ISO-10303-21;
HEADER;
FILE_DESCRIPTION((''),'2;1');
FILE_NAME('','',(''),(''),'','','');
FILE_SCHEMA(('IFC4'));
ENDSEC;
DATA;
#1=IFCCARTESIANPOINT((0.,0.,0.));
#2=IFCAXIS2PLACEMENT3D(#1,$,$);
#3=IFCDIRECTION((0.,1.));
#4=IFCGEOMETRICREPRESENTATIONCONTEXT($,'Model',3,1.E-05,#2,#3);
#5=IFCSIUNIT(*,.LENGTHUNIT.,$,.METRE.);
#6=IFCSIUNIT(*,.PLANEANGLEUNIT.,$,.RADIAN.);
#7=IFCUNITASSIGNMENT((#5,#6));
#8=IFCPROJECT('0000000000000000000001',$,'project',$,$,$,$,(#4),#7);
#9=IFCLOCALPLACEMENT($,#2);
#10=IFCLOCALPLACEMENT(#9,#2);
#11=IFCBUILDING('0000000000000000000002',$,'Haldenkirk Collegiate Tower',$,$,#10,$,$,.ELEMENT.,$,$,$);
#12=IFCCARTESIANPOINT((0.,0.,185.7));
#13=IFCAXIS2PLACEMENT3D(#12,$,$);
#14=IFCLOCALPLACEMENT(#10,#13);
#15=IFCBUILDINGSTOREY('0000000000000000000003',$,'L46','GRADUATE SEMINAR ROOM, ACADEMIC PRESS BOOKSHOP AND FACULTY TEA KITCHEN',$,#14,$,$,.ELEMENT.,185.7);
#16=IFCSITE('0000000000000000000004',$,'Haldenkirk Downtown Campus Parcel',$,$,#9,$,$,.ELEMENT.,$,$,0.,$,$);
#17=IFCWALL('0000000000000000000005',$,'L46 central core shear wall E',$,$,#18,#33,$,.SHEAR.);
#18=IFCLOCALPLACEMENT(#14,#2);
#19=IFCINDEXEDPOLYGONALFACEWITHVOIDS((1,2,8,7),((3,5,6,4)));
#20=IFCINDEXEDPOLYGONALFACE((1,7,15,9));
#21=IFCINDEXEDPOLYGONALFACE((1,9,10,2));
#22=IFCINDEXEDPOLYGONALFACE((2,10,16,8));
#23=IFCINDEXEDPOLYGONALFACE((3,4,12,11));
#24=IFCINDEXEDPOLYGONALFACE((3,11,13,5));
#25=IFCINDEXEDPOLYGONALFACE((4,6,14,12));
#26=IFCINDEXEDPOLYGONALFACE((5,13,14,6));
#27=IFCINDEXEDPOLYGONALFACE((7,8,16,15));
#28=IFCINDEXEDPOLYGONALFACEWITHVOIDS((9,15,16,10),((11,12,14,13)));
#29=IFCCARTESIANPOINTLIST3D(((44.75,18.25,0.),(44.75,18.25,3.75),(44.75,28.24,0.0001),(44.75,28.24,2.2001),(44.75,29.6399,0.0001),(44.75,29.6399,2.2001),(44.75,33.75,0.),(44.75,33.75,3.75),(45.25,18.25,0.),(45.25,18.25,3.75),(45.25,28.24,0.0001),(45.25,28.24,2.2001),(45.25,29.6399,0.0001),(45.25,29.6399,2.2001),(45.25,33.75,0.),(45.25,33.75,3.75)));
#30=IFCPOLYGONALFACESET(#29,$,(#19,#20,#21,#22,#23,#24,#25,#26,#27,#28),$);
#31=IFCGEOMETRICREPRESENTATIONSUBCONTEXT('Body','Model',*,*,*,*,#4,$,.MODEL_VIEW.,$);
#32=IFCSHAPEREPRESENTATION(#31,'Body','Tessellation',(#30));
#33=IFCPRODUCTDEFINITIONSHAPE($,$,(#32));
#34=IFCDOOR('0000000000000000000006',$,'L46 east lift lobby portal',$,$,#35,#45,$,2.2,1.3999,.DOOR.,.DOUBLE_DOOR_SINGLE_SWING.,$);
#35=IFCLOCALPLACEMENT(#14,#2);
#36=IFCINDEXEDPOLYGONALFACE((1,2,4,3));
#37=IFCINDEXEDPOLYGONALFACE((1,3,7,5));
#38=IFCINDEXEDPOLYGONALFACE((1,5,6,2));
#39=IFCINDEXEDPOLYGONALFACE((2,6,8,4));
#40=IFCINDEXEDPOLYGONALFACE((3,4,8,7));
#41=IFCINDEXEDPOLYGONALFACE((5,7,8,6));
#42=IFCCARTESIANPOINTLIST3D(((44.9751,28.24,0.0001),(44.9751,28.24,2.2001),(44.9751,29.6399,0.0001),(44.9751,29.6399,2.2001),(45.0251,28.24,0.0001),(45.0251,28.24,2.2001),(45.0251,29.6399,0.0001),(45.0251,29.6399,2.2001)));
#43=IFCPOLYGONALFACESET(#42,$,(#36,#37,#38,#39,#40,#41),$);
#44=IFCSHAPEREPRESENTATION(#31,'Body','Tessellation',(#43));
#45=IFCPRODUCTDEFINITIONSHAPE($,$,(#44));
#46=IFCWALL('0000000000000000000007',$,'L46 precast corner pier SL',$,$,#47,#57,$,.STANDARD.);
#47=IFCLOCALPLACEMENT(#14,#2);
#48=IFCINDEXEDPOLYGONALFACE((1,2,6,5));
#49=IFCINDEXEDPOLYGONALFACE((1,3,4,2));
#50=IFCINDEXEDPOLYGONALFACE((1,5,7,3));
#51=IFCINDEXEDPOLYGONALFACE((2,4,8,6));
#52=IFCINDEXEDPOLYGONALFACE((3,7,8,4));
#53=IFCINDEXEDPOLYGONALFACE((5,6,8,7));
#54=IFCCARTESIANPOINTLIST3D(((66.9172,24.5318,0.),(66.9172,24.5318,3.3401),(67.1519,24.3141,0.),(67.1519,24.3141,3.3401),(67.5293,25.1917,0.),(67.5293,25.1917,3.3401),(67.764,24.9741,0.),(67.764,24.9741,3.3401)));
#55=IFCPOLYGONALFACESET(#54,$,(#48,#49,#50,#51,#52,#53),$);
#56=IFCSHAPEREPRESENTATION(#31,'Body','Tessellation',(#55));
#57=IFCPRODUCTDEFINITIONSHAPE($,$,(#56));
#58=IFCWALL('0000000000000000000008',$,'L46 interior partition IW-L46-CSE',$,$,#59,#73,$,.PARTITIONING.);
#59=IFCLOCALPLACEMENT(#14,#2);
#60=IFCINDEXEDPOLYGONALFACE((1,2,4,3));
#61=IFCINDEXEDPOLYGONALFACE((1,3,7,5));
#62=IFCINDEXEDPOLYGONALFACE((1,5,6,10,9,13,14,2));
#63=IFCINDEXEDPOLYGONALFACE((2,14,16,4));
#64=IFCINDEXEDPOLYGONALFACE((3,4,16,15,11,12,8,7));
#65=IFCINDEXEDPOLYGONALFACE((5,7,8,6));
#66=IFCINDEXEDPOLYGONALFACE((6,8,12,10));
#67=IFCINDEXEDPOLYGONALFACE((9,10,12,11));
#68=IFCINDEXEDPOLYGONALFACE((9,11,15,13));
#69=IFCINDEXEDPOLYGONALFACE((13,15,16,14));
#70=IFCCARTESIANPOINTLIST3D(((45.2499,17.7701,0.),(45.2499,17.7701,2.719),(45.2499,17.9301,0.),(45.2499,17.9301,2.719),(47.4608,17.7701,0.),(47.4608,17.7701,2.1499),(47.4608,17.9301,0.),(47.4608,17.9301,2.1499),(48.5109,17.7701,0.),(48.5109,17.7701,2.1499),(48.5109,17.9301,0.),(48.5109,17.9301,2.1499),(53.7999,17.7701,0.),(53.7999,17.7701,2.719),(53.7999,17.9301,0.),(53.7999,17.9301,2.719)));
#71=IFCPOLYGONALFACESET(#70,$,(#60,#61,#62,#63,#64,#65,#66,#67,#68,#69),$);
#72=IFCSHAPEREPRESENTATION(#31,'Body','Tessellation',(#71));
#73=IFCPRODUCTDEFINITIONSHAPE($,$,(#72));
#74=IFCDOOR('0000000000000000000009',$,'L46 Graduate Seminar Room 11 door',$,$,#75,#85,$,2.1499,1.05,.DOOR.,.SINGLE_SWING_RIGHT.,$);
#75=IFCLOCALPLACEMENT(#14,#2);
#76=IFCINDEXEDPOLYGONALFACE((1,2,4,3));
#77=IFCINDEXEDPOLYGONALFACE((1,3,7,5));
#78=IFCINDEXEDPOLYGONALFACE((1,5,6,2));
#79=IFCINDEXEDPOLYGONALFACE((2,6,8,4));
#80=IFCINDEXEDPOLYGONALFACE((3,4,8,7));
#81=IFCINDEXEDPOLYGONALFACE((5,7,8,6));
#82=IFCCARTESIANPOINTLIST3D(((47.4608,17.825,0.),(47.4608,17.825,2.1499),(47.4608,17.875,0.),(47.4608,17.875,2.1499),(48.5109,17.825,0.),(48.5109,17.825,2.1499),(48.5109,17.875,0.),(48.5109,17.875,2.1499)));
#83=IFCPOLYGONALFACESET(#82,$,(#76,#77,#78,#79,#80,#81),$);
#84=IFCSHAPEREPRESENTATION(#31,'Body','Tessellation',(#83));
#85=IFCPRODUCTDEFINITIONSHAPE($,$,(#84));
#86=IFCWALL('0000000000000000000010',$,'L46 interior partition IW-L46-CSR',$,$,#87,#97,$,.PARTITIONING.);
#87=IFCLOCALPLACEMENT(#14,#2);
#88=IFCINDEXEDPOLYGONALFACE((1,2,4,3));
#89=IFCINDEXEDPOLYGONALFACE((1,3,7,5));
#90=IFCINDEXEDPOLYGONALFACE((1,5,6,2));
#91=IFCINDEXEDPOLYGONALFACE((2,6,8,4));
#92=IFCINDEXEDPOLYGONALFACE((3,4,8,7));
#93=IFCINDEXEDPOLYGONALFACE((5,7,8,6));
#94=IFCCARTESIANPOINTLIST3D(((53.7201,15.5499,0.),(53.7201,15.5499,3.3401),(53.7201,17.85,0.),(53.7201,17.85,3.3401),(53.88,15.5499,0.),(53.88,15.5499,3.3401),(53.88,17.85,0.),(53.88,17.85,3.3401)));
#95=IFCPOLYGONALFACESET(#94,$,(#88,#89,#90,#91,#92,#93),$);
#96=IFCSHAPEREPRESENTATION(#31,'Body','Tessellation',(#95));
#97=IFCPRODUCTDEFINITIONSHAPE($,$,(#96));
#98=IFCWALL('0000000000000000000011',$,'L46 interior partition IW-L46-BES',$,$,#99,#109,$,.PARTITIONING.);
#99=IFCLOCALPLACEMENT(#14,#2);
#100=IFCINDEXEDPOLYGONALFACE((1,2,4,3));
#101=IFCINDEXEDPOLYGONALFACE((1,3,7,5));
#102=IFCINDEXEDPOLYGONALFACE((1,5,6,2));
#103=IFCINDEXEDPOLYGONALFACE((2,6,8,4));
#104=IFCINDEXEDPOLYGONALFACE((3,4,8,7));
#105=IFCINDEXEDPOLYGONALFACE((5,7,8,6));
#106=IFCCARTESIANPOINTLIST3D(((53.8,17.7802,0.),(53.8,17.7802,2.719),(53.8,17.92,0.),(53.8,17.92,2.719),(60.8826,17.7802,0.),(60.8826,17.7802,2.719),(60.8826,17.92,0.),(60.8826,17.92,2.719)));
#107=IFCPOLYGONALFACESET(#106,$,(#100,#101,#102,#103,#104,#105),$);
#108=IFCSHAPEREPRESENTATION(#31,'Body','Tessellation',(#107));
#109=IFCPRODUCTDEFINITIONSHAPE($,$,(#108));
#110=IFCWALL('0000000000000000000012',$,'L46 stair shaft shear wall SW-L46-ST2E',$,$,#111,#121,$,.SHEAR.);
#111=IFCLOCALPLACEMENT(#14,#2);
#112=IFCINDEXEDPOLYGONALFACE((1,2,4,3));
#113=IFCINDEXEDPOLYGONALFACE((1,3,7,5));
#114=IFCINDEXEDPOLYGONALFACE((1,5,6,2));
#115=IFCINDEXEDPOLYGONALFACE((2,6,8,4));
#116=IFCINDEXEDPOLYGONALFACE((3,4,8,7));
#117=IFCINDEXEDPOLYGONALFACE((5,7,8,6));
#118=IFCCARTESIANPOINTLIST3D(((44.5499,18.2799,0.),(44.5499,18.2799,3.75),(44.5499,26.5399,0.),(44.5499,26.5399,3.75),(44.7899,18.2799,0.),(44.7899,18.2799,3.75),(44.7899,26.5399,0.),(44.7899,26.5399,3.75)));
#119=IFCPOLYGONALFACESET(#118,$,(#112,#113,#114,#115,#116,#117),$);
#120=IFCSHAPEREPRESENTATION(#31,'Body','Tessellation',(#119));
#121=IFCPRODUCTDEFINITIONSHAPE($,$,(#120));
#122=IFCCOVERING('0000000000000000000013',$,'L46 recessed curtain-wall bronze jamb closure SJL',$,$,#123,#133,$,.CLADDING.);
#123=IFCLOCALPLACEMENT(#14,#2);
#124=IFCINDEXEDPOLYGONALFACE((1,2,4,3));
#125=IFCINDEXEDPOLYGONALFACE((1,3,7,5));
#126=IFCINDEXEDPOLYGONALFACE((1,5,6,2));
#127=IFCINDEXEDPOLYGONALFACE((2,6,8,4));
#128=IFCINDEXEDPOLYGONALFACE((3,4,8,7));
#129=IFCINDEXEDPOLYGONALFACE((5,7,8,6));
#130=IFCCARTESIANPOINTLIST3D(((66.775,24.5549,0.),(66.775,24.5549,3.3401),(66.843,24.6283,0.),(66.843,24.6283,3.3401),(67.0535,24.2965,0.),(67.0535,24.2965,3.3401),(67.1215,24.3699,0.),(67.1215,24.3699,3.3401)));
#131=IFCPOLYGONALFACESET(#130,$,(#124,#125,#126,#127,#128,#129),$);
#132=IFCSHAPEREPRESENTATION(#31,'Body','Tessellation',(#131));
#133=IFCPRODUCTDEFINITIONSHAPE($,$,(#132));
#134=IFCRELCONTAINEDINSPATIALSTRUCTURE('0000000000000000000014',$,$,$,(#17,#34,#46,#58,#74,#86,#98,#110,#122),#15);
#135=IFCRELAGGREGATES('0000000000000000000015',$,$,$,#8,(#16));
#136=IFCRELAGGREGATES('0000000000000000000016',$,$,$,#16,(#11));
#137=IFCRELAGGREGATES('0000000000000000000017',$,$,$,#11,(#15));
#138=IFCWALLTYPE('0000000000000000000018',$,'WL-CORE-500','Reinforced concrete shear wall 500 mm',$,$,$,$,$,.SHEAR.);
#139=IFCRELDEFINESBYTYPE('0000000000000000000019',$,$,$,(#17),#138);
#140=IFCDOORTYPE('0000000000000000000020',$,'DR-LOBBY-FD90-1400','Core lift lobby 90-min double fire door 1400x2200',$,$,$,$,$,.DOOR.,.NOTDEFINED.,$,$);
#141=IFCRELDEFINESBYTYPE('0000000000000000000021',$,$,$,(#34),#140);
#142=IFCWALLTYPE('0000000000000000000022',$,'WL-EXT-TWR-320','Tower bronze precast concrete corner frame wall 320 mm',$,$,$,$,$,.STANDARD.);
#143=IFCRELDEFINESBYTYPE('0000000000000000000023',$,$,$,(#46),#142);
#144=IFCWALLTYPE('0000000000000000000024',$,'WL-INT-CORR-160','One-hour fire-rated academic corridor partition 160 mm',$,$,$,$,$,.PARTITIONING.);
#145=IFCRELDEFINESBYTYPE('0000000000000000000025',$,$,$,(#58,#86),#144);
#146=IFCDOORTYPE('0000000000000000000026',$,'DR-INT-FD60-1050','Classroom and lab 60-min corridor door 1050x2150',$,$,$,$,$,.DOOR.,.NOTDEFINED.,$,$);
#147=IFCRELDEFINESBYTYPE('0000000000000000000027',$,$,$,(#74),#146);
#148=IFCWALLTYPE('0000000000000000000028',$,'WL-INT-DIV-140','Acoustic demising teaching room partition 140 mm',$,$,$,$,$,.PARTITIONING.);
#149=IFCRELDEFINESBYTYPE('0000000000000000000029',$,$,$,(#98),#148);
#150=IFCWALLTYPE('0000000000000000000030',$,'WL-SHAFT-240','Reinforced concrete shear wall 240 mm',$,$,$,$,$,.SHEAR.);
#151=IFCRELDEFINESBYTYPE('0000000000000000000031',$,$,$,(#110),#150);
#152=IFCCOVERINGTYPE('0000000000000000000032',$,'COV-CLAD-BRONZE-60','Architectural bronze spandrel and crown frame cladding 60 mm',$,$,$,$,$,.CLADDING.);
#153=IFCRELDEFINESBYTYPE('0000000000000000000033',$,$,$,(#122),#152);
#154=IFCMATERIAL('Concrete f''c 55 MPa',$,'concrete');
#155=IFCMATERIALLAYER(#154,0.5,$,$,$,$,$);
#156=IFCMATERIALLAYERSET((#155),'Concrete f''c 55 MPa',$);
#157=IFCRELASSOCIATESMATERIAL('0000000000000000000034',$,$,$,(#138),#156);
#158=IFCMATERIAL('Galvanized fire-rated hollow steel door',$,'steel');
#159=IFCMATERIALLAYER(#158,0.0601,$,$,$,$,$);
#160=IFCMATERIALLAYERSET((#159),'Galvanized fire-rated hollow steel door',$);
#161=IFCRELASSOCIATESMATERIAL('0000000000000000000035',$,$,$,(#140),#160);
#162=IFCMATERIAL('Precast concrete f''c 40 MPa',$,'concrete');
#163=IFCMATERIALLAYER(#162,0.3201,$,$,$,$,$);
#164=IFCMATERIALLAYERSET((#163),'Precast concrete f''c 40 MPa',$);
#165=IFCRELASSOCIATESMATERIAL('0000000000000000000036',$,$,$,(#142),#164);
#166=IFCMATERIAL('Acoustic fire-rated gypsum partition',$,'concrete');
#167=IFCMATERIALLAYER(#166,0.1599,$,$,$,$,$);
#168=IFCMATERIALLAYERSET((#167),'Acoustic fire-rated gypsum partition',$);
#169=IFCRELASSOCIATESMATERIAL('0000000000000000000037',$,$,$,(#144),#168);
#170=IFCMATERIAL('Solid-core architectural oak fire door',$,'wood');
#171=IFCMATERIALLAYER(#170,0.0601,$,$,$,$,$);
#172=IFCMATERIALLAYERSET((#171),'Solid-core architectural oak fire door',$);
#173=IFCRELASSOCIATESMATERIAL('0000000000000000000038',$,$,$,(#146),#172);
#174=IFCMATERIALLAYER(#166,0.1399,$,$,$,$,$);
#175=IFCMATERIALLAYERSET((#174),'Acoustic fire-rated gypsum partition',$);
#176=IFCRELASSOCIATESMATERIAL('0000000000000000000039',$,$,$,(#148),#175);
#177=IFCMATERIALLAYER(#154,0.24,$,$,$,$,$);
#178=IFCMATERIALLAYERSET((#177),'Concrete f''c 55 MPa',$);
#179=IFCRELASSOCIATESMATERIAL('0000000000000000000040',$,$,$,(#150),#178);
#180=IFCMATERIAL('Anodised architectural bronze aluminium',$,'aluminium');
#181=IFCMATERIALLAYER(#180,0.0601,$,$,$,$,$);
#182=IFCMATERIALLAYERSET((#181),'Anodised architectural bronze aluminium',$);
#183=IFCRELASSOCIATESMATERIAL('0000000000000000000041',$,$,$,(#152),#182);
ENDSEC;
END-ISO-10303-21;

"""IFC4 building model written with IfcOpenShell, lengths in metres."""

from ifc_helpers import new_model, si_unit, direction, frame, frame_2d, origin, origin_2d, place, context, subcontext, project, spatial, rectangle, extrude, source, transform, mapped, material, layer, layer_set, type_object, element, fill, save


model = new_model("IFC4")

# Units and contexts
model_context = context("Model", 3, precision=1e-05, world=origin(), true_north=direction((0.0, 1.0)))
body_context = subcontext(model_context, "Body", "Model", "MODEL_VIEW")
ifc_project = project(units=[si_unit("LENGTHUNIT", "METRE"), si_unit("PLANEANGLEUNIT", "RADIAN")], contexts=[model_context])

# Site, building, storey
site_placement = place(None, origin())
site = spatial("IfcSite", under=ifc_project, at=site_placement, Name="Haldenkirk Downtown Campus Parcel", CompositionType="ELEMENT", RefElevation=0.0)
building_placement = place(site_placement, origin())
building = spatial("IfcBuilding", under=site, at=building_placement, Name="Haldenkirk Collegiate Tower", CompositionType="ELEMENT")
storey_placement = place(building_placement, frame((0.0, 0.0, 185.7)))
storey = spatial("IfcBuildingStorey", under=building, at=storey_placement, Name="L46", Description="GRADUATE SEMINAR ROOM, ACADEMIC PRESS BOOKSHOP AND FACULTY TEA KITCHEN", CompositionType="ELEMENT", Elevation=185.7)

# Shared definitions
ifc_material_1 = material(Name="Anodised architectural bronze aluminium", Category="aluminium")

# Wall, opening, door
ifc_material_2 = material(Name="Concrete f'c 55 MPa", Category="concrete")
ifc_layer_1 = layer(ifc_material_2, 0.5)
ifc_layer_set_1 = layer_set([ifc_layer_1], Name="Concrete f'c 55 MPa")
wall_type_1 = type_object("IfcWallType", Name="WL-CORE-500", Description="Reinforced concrete shear wall 500 mm", PredefinedType="SHEAR", material=ifc_layer_set_1)
wall_1_placement = place(storey_placement, frame((45.0, 18.25, 0.0), z_axis=(0.0, 0.0, 1.0), x_axis=(0.0, 1.0, 0.0)))
wall_1 = element("IfcWall", 1, at=wall_1_placement, inside=storey, type_object=wall_type_1, Name="L46 central core shear wall E", PredefinedType="SHEAR", context=body_context, shape_type="SweptSolid", body=[
    extrude(rectangle(XDim=15.5, YDim=0.5, at=frame_2d((7.75, 0.0))), origin(), (0.0, 0.0, 1.0), 3.75),
])
opening_1_placement = place(wall_1_placement, frame((9.99, 0.0, 0.0)))
opening_1 = element("IfcOpeningElement", 2, at=opening_1_placement, cuts=wall_1, PredefinedType="OPENING", context=body_context, shape_type="SweptSolid", body=[
    extrude(rectangle(XDim=1.3999, YDim=2.2, at=frame_2d((0.7, 1.1001))), frame((0.0, 0.26, 0.0), z_axis=(0.0, -1.0, 0.0), x_axis=(1.0, 0.0, 0.0)), (0.0, 0.0, 1.0), 0.52),
])
ifc_material_3 = material(Name="Galvanized fire-rated hollow steel door", Category="steel")
ifc_layer_2 = layer(ifc_material_3, 0.0601)
ifc_layer_set_2 = layer_set([ifc_layer_2], Name="Galvanized fire-rated hollow steel door")
door_type_1 = type_object("IfcDoorType", Name="DR-LOBBY-FD90-1400", Description="Core lift lobby 90-min double fire door 1400x2200", OperationType="NOTDEFINED", PredefinedType="DOOR", material=ifc_layer_set_2)
door_1_placement = place(opening_1_placement, origin())
door_1 = element("IfcDoor", 3, at=door_1_placement, inside=storey, type_object=door_type_1, Name="L46 east lift lobby portal", OperationType="DOUBLE_DOOR_SINGLE_SWING", OverallHeight=2.2, OverallWidth=1.3999, PredefinedType="DOOR", context=body_context, shape_type="SweptSolid", body=[
    extrude(rectangle(XDim=1.3999, YDim=2.2, at=frame_2d((0.7, 1.1001))), frame((0.0, 0.0249, 0.0), z_axis=(0.0, -1.0, 0.0), x_axis=(1.0, 0.0, 0.0)), (0.0, 0.0, 1.0), 0.05),
])
fill(opening_1, door_1)

# Wall
ifc_material_4 = material(Name="Precast concrete f'c 40 MPa", Category="concrete")
ifc_layer_3 = layer(ifc_material_4, 0.3201)
ifc_layer_set_3 = layer_set([ifc_layer_3], Name="Precast concrete f'c 40 MPa")
wall_type_2 = type_object("IfcWallType", Name="WL-EXT-TWR-320", Description="Tower bronze precast concrete corner frame wall 320 mm", PredefinedType="STANDARD", material=ifc_layer_set_3)
wall_2_placement = place(storey_placement, frame((67.6467, 25.083, 0.0), z_axis=(0.0, 0.0, 1.0), x_axis=(-0.680024, -0.733189, 0.0)))
element("IfcWall", 4, at=wall_2_placement, inside=storey, type_object=wall_type_2, Name="L46 precast corner pier SL", PredefinedType="STANDARD", context=body_context, shape_type="SweptSolid", body=[
    extrude(rectangle(XDim=0.9001, YDim=0.3201, at=frame_2d((0.4502, 0.0))), origin(), (0.0, 0.0, 1.0), 3.3401),
])

# Wall, opening, door
ifc_material_5 = material(Name="Acoustic fire-rated gypsum partition", Category="concrete")
ifc_layer_4 = layer(ifc_material_5, 0.1599)
ifc_layer_set_4 = layer_set([ifc_layer_4], Name="Acoustic fire-rated gypsum partition")
wall_type_3 = type_object("IfcWallType", Name="WL-INT-CORR-160", Description="One-hour fire-rated academic corridor partition 160 mm", PredefinedType="PARTITIONING", material=ifc_layer_set_4)
wall_3_placement = place(storey_placement, frame((45.25, 17.8501, 0.0), z_axis=(0.0, 0.0, 1.0), x_axis=(1.0, 0.0, 0.0)))
wall_3 = element("IfcWall", 5, at=wall_3_placement, inside=storey, type_object=wall_type_3, Name="L46 interior partition IW-L46-CSE", PredefinedType="PARTITIONING", context=body_context, shape_type="SweptSolid", body=[
    extrude(rectangle(XDim=8.55, YDim=0.1599, at=frame_2d((4.2749, 0.0))), origin(), (0.0, 0.0, 1.0), 2.719),
])
opening_2_placement = place(wall_3_placement, frame((2.2109, 0.0, 0.0)))
opening_2 = element("IfcOpeningElement", 6, at=opening_2_placement, cuts=wall_3, PredefinedType="OPENING", context=body_context, shape_type="SweptSolid", body=[
    extrude(rectangle(XDim=1.05, YDim=2.1499, at=frame_2d((0.5249, 1.075))), frame((0.0, 0.0898, 0.0), z_axis=(0.0, -1.0, 0.0), x_axis=(1.0, 0.0, 0.0)), (0.0, 0.0, 1.0), 0.1799),
])
ifc_material_6 = material(Name="Solid-core architectural oak fire door", Category="wood")
ifc_layer_5 = layer(ifc_material_6, 0.0601)
ifc_layer_set_5 = layer_set([ifc_layer_5], Name="Solid-core architectural oak fire door")
door_type_2 = type_object("IfcDoorType", Name="DR-INT-FD60-1050", Description="Classroom and lab 60-min corridor door 1050x2150", OperationType="NOTDEFINED", PredefinedType="DOOR", material=ifc_layer_set_5)
door_2_placement = place(opening_2_placement, origin())
door_2 = element("IfcDoor", 7, at=door_2_placement, inside=storey, type_object=door_type_2, Name="L46 Graduate Seminar Room 11 door", OperationType="SINGLE_SWING_RIGHT", OverallHeight=2.1499, OverallWidth=1.05, PredefinedType="DOOR", context=body_context, shape_type="SweptSolid", body=[
    extrude(rectangle(XDim=1.05, YDim=2.1499, at=frame_2d((0.5249, 1.075))), frame((0.0, 0.0249, 0.0), z_axis=(0.0, -1.0, 0.0), x_axis=(1.0, 0.0, 0.0)), (0.0, 0.0, 1.0), 0.05),
])
fill(opening_2, door_2)

# Walls
wall_4_placement = place(storey_placement, frame((53.8, 15.55, 0.0), z_axis=(0.0, 0.0, 1.0), x_axis=(0.0, 1.0, 0.0)))
element("IfcWall", 8, at=wall_4_placement, inside=storey, type_object=wall_type_3, Name="L46 interior partition IW-L46-CSR", PredefinedType="PARTITIONING", context=body_context, shape_type="SweptSolid", body=[
    extrude(rectangle(XDim=2.3, YDim=0.1599, at=frame_2d((1.1499, 0.0))), origin(), (0.0, 0.0, 1.0), 3.3401),
])
ifc_layer_6 = layer(ifc_material_5, 0.1399)
ifc_layer_set_6 = layer_set([ifc_layer_6], Name="Acoustic fire-rated gypsum partition")
wall_type_4 = type_object("IfcWallType", Name="WL-INT-DIV-140", Description="Acoustic demising teaching room partition 140 mm", PredefinedType="PARTITIONING", material=ifc_layer_set_6)
wall_5_placement = place(storey_placement, frame((53.8, 17.8501, 0.0), z_axis=(0.0, 0.0, 1.0), x_axis=(1.0, 0.0, 0.0)))
element("IfcWall", 9, at=wall_5_placement, inside=storey, type_object=wall_type_4, Name="L46 interior partition IW-L46-BES", PredefinedType="PARTITIONING", context=body_context, shape_type="SweptSolid", body=[
    extrude(rectangle(XDim=7.0825, YDim=0.1399, at=frame_2d((3.5413, 0.0))), origin(), (0.0, 0.0, 1.0), 2.719),
])
ifc_layer_7 = layer(ifc_material_2, 0.24)
ifc_layer_set_7 = layer_set([ifc_layer_7], Name="Concrete f'c 55 MPa")
wall_type_5 = type_object("IfcWallType", Name="WL-SHAFT-240", Description="Reinforced concrete shear wall 240 mm", PredefinedType="SHEAR", material=ifc_layer_set_7)
wall_6_placement = place(storey_placement, frame((44.6699, 18.28, 0.0), z_axis=(0.0, 0.0, 1.0), x_axis=(0.0, 1.0, 0.0)))
element("IfcWall", 10, at=wall_6_placement, inside=storey, type_object=wall_type_5, Name="L46 stair shaft shear wall SW-L46-ST2E", PredefinedType="SHEAR", context=body_context, shape_type="SweptSolid", body=[
    extrude(rectangle(XDim=8.26, YDim=0.24, at=frame_2d((4.1299, 0.0))), origin(), (0.0, 0.0, 1.0), 3.75),
])

# Covering
ifc_layer_8 = layer(ifc_material_1, 0.0601)
ifc_layer_set_8 = layer_set([ifc_layer_8], Name="Anodised architectural bronze aluminium")
covering_type = type_object("IfcCoveringType", Name="COV-CLAD-BRONZE-60", Description="Architectural bronze spandrel and crown frame cladding 60 mm", PredefinedType="CLADDING", material=ifc_layer_set_8)
shared_shape_1 = source(origin(), body_context, "Body", "SweptSolid", [
    extrude(rectangle(XDim=0.1001, YDim=0.3799, at=origin_2d()), origin(), (0.0, 0.0, 1.0), 3.3401),
])
covering_placement = place(storey_placement, frame((66.9482, 24.4624, 0.0), z_axis=(0.0, 0.0, 1.0), x_axis=(-0.680081, -0.733137, 0.0)))
element("IfcCovering", 11, at=covering_placement, inside=storey, type_object=covering_type, Name="L46 recessed curtain-wall bronze jamb closure SJL", PredefinedType="CLADDING", context=body_context, shape_type="MappedRepresentation", body=[
    mapped(shared_shape_1, transform((0.0, 0.0, 0.0), x_axis=(1.0, 0.0, 0.0), y_axis=(0.0, 1.0, 0.0), z_axis=(0.0, 0.0, 1.0), scale=1.0)),
])

save(model, "model.ifc")
